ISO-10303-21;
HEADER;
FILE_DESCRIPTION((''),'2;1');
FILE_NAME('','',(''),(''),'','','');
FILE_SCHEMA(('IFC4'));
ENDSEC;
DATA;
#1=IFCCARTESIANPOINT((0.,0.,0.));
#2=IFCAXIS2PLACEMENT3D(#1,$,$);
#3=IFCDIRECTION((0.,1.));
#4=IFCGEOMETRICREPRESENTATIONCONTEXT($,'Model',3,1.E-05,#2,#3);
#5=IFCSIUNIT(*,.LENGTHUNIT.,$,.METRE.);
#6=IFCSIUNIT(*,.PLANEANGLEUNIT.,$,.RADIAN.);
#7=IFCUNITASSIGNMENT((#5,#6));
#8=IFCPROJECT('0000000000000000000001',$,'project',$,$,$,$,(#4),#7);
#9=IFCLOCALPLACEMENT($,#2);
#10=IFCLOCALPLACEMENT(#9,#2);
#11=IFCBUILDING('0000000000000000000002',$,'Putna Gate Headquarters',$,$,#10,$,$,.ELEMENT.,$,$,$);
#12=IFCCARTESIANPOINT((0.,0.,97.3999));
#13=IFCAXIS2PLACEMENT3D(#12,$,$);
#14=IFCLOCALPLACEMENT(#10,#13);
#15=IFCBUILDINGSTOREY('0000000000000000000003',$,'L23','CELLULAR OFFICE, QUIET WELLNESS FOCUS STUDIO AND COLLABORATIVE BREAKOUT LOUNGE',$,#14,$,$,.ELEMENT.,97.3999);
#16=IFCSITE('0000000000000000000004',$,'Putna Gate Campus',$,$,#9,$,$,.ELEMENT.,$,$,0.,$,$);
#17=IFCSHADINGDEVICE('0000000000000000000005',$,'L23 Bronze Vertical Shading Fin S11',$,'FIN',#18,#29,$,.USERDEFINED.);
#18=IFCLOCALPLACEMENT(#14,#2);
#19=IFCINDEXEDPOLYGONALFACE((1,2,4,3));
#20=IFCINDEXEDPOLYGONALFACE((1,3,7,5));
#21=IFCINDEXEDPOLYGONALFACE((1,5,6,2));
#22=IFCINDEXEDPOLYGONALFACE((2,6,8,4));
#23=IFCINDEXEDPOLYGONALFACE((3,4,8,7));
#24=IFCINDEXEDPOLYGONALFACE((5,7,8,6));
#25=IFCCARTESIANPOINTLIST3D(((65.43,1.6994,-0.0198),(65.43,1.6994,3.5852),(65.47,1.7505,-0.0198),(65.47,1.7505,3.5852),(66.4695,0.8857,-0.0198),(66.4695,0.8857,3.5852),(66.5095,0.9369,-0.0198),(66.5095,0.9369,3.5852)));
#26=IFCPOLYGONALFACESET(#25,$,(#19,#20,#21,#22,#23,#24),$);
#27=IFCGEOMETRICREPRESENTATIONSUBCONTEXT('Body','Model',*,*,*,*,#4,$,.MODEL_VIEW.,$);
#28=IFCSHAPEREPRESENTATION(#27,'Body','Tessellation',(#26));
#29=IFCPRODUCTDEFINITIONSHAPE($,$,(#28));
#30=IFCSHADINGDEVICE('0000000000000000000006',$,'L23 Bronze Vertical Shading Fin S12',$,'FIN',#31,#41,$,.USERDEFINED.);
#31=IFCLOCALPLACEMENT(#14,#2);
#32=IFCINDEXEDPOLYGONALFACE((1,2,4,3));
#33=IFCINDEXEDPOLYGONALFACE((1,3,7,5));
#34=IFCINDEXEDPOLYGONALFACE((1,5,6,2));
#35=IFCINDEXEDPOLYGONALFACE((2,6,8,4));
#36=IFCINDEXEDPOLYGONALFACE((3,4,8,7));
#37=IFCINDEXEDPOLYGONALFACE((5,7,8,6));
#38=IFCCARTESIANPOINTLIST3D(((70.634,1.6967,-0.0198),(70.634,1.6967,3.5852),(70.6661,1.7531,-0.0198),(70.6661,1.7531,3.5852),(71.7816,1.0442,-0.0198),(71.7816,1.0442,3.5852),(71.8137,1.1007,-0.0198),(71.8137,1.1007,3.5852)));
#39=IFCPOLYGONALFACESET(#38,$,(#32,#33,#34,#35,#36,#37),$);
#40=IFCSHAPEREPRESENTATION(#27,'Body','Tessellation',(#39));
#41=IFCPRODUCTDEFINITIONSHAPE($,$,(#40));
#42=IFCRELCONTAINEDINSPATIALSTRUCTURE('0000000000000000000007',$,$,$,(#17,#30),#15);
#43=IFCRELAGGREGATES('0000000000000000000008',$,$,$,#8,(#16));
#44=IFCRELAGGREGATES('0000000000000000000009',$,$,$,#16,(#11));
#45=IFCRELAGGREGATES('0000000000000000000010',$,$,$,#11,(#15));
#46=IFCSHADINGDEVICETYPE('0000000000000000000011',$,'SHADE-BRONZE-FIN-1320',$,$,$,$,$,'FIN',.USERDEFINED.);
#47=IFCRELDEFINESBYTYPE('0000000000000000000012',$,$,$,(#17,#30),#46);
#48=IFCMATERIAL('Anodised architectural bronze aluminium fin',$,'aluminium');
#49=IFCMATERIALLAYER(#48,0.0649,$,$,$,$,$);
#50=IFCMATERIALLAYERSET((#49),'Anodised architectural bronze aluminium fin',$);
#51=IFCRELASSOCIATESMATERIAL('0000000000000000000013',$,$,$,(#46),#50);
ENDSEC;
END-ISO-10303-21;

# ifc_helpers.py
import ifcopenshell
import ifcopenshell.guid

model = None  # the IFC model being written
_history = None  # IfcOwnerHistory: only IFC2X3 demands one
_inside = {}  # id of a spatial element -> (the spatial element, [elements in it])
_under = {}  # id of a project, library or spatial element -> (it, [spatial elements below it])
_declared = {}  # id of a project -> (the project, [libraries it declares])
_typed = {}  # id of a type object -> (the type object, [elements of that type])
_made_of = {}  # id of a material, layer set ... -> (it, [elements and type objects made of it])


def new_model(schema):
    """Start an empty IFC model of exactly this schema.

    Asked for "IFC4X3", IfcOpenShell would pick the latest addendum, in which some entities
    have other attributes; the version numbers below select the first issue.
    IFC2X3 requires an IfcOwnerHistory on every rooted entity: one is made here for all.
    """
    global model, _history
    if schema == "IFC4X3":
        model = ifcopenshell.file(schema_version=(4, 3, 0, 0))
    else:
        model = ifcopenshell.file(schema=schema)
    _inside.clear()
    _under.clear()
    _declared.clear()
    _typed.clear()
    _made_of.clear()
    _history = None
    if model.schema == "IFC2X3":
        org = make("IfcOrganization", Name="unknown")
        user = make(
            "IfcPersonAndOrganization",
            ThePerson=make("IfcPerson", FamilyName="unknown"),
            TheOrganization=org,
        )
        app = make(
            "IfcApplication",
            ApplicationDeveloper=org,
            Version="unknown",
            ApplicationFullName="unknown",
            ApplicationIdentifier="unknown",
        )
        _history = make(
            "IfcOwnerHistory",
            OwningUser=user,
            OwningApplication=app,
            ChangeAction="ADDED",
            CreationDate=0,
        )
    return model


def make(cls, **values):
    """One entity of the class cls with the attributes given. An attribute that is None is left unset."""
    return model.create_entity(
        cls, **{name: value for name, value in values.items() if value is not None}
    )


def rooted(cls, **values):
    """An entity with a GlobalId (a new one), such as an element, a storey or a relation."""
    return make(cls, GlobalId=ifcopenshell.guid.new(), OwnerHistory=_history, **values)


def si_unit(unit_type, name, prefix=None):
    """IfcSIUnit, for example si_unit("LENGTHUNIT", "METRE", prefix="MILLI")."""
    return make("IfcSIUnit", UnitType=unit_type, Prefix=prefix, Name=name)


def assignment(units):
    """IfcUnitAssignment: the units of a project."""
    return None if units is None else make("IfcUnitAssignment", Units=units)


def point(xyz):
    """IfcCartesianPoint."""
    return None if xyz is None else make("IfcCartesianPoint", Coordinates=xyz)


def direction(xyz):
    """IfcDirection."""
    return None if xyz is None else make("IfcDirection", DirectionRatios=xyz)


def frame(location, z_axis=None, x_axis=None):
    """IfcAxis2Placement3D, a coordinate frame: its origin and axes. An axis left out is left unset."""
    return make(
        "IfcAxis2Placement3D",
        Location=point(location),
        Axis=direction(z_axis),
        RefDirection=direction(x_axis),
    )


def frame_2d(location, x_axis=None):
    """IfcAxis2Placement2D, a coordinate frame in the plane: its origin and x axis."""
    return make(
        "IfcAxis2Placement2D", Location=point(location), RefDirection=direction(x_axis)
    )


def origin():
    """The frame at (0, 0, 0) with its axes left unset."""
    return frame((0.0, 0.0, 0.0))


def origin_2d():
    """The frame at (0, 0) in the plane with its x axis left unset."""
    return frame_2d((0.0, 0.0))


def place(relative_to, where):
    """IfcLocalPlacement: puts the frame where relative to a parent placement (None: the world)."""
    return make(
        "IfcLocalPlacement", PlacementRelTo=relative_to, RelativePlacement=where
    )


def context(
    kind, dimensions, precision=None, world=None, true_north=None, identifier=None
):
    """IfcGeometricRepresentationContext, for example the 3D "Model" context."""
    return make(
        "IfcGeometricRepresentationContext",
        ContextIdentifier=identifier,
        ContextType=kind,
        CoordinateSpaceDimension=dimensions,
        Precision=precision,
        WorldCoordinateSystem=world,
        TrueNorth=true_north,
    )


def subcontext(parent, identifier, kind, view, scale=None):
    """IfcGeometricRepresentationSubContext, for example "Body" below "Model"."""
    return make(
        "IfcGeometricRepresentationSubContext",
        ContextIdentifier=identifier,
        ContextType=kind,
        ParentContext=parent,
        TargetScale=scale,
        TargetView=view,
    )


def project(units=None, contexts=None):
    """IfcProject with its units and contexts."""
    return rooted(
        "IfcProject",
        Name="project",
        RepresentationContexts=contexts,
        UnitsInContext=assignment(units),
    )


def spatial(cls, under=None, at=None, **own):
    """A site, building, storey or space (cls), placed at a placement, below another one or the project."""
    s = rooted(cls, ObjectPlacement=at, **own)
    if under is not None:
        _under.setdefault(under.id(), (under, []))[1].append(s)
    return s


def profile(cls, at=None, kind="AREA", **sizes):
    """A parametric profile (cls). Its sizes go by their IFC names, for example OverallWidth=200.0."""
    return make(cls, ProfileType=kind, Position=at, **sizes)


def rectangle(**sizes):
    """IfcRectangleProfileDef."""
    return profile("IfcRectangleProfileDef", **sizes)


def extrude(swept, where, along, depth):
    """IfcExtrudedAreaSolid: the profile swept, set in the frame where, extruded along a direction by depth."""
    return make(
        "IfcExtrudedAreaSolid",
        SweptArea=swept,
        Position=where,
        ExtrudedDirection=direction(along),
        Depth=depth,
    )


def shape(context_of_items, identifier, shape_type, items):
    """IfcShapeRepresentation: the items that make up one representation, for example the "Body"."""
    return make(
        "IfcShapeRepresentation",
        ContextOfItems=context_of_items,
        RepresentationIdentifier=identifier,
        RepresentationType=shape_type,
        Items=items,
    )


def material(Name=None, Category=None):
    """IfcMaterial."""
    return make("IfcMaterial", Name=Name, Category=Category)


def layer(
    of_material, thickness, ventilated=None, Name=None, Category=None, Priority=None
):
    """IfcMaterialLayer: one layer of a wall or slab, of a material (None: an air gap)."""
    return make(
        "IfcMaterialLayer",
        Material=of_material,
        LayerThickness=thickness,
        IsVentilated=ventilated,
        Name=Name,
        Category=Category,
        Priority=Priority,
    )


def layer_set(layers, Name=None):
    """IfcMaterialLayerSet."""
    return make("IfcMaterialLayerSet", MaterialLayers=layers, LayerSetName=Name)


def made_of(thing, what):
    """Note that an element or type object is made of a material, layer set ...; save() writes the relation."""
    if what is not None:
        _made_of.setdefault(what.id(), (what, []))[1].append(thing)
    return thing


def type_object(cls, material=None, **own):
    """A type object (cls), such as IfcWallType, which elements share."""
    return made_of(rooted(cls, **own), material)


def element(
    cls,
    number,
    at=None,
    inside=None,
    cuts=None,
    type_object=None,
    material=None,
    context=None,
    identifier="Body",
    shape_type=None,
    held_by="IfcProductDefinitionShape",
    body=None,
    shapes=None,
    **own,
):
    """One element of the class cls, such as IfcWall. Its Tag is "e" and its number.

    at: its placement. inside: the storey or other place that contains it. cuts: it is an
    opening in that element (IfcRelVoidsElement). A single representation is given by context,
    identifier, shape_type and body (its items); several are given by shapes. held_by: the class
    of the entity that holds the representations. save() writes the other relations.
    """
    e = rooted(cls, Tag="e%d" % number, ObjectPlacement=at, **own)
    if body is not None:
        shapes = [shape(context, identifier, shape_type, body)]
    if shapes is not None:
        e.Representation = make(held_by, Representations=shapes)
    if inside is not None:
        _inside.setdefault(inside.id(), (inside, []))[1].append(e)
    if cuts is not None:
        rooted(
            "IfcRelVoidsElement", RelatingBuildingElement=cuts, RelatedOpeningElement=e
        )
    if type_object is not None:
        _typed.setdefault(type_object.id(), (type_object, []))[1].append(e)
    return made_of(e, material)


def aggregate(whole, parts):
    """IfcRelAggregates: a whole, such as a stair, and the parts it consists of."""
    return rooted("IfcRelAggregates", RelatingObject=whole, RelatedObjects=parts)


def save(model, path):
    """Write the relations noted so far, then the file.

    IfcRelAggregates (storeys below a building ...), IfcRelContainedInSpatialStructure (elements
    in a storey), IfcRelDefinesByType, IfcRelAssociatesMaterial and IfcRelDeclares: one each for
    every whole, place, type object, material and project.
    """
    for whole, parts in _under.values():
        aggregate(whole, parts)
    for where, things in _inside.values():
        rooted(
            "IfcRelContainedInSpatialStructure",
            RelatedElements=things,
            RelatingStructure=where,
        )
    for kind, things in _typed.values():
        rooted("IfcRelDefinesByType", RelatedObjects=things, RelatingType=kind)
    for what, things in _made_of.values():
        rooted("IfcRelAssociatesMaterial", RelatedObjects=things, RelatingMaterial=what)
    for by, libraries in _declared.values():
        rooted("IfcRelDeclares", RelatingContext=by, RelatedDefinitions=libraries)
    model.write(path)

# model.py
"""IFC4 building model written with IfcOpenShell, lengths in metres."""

from ifc_helpers import new_model, si_unit, direction, frame, origin, origin_2d, place, context, subcontext, project, spatial, rectangle, extrude, material, layer, layer_set, type_object, element, save


model = new_model("IFC4")

# Units and contexts
model_context = context("Model", 3, precision=1e-05, world=origin(), true_north=direction((0.0, 1.0)))
body_context = subcontext(model_context, "Body", "Model", "MODEL_VIEW")
ifc_project = project(units=[si_unit("LENGTHUNIT", "METRE"), si_unit("PLANEANGLEUNIT", "RADIAN")], contexts=[model_context])

# Site, building, storey
site_placement = place(None, origin())
site = spatial("IfcSite", under=ifc_project, at=site_placement, Name="Putna Gate Campus", CompositionType="ELEMENT", RefElevation=0.0)
building_placement = place(site_placement, origin())
building = spatial("IfcBuilding", under=site, at=building_placement, Name="Putna Gate Headquarters", CompositionType="ELEMENT")
storey_placement = place(building_placement, frame((0.0, 0.0, 97.3999)))
storey = spatial("IfcBuildingStorey", under=building, at=storey_placement, Name="L23", Description="CELLULAR OFFICE, QUIET WELLNESS FOCUS STUDIO AND COLLABORATIVE BREAKOUT LOUNGE", CompositionType="ELEMENT", Elevation=97.3999)

# Shading devices
ifc_material_1 = material(Name="Anodised architectural bronze aluminium fin", Category="aluminium")
ifc_layer_1 = layer(ifc_material_1, 0.0649)
ifc_layer_set_1 = layer_set([ifc_layer_1], Name="Anodised architectural bronze aluminium fin")
shading_device_type = type_object("IfcShadingDeviceType", Name="SHADE-BRONZE-FIN-1320", ElementType="FIN", PredefinedType="USERDEFINED", material=ifc_layer_set_1)
for number, where, z_axis, x_axis, name in (
    (1, (65.9697, 1.3181, -0.0198), (0.0, 0.0, 1.0), (0.787473, -0.616349, 0.0), "L23 Bronze Vertical Shading Fin S11"),
    (2, (71.2239, 1.3987, -0.0198), (0.0, 0.0, 1.0), (0.869322, -0.494245, 0.0), "L23 Bronze Vertical Shading Fin S12"),
):
    element("IfcShadingDevice", number, at=place(storey_placement, frame(where, z_axis=z_axis, x_axis=x_axis)), inside=storey, type_object=shading_device_type, Name=name, ObjectType="FIN", PredefinedType="USERDEFINED", context=body_context, shape_type="SweptSolid", body=[
        extrude(rectangle(XDim=1.3201, YDim=0.0649, at=origin_2d()), origin(), (0.0, 0.0, 1.0), 3.605),
    ])

save(model, "model.ifc")
